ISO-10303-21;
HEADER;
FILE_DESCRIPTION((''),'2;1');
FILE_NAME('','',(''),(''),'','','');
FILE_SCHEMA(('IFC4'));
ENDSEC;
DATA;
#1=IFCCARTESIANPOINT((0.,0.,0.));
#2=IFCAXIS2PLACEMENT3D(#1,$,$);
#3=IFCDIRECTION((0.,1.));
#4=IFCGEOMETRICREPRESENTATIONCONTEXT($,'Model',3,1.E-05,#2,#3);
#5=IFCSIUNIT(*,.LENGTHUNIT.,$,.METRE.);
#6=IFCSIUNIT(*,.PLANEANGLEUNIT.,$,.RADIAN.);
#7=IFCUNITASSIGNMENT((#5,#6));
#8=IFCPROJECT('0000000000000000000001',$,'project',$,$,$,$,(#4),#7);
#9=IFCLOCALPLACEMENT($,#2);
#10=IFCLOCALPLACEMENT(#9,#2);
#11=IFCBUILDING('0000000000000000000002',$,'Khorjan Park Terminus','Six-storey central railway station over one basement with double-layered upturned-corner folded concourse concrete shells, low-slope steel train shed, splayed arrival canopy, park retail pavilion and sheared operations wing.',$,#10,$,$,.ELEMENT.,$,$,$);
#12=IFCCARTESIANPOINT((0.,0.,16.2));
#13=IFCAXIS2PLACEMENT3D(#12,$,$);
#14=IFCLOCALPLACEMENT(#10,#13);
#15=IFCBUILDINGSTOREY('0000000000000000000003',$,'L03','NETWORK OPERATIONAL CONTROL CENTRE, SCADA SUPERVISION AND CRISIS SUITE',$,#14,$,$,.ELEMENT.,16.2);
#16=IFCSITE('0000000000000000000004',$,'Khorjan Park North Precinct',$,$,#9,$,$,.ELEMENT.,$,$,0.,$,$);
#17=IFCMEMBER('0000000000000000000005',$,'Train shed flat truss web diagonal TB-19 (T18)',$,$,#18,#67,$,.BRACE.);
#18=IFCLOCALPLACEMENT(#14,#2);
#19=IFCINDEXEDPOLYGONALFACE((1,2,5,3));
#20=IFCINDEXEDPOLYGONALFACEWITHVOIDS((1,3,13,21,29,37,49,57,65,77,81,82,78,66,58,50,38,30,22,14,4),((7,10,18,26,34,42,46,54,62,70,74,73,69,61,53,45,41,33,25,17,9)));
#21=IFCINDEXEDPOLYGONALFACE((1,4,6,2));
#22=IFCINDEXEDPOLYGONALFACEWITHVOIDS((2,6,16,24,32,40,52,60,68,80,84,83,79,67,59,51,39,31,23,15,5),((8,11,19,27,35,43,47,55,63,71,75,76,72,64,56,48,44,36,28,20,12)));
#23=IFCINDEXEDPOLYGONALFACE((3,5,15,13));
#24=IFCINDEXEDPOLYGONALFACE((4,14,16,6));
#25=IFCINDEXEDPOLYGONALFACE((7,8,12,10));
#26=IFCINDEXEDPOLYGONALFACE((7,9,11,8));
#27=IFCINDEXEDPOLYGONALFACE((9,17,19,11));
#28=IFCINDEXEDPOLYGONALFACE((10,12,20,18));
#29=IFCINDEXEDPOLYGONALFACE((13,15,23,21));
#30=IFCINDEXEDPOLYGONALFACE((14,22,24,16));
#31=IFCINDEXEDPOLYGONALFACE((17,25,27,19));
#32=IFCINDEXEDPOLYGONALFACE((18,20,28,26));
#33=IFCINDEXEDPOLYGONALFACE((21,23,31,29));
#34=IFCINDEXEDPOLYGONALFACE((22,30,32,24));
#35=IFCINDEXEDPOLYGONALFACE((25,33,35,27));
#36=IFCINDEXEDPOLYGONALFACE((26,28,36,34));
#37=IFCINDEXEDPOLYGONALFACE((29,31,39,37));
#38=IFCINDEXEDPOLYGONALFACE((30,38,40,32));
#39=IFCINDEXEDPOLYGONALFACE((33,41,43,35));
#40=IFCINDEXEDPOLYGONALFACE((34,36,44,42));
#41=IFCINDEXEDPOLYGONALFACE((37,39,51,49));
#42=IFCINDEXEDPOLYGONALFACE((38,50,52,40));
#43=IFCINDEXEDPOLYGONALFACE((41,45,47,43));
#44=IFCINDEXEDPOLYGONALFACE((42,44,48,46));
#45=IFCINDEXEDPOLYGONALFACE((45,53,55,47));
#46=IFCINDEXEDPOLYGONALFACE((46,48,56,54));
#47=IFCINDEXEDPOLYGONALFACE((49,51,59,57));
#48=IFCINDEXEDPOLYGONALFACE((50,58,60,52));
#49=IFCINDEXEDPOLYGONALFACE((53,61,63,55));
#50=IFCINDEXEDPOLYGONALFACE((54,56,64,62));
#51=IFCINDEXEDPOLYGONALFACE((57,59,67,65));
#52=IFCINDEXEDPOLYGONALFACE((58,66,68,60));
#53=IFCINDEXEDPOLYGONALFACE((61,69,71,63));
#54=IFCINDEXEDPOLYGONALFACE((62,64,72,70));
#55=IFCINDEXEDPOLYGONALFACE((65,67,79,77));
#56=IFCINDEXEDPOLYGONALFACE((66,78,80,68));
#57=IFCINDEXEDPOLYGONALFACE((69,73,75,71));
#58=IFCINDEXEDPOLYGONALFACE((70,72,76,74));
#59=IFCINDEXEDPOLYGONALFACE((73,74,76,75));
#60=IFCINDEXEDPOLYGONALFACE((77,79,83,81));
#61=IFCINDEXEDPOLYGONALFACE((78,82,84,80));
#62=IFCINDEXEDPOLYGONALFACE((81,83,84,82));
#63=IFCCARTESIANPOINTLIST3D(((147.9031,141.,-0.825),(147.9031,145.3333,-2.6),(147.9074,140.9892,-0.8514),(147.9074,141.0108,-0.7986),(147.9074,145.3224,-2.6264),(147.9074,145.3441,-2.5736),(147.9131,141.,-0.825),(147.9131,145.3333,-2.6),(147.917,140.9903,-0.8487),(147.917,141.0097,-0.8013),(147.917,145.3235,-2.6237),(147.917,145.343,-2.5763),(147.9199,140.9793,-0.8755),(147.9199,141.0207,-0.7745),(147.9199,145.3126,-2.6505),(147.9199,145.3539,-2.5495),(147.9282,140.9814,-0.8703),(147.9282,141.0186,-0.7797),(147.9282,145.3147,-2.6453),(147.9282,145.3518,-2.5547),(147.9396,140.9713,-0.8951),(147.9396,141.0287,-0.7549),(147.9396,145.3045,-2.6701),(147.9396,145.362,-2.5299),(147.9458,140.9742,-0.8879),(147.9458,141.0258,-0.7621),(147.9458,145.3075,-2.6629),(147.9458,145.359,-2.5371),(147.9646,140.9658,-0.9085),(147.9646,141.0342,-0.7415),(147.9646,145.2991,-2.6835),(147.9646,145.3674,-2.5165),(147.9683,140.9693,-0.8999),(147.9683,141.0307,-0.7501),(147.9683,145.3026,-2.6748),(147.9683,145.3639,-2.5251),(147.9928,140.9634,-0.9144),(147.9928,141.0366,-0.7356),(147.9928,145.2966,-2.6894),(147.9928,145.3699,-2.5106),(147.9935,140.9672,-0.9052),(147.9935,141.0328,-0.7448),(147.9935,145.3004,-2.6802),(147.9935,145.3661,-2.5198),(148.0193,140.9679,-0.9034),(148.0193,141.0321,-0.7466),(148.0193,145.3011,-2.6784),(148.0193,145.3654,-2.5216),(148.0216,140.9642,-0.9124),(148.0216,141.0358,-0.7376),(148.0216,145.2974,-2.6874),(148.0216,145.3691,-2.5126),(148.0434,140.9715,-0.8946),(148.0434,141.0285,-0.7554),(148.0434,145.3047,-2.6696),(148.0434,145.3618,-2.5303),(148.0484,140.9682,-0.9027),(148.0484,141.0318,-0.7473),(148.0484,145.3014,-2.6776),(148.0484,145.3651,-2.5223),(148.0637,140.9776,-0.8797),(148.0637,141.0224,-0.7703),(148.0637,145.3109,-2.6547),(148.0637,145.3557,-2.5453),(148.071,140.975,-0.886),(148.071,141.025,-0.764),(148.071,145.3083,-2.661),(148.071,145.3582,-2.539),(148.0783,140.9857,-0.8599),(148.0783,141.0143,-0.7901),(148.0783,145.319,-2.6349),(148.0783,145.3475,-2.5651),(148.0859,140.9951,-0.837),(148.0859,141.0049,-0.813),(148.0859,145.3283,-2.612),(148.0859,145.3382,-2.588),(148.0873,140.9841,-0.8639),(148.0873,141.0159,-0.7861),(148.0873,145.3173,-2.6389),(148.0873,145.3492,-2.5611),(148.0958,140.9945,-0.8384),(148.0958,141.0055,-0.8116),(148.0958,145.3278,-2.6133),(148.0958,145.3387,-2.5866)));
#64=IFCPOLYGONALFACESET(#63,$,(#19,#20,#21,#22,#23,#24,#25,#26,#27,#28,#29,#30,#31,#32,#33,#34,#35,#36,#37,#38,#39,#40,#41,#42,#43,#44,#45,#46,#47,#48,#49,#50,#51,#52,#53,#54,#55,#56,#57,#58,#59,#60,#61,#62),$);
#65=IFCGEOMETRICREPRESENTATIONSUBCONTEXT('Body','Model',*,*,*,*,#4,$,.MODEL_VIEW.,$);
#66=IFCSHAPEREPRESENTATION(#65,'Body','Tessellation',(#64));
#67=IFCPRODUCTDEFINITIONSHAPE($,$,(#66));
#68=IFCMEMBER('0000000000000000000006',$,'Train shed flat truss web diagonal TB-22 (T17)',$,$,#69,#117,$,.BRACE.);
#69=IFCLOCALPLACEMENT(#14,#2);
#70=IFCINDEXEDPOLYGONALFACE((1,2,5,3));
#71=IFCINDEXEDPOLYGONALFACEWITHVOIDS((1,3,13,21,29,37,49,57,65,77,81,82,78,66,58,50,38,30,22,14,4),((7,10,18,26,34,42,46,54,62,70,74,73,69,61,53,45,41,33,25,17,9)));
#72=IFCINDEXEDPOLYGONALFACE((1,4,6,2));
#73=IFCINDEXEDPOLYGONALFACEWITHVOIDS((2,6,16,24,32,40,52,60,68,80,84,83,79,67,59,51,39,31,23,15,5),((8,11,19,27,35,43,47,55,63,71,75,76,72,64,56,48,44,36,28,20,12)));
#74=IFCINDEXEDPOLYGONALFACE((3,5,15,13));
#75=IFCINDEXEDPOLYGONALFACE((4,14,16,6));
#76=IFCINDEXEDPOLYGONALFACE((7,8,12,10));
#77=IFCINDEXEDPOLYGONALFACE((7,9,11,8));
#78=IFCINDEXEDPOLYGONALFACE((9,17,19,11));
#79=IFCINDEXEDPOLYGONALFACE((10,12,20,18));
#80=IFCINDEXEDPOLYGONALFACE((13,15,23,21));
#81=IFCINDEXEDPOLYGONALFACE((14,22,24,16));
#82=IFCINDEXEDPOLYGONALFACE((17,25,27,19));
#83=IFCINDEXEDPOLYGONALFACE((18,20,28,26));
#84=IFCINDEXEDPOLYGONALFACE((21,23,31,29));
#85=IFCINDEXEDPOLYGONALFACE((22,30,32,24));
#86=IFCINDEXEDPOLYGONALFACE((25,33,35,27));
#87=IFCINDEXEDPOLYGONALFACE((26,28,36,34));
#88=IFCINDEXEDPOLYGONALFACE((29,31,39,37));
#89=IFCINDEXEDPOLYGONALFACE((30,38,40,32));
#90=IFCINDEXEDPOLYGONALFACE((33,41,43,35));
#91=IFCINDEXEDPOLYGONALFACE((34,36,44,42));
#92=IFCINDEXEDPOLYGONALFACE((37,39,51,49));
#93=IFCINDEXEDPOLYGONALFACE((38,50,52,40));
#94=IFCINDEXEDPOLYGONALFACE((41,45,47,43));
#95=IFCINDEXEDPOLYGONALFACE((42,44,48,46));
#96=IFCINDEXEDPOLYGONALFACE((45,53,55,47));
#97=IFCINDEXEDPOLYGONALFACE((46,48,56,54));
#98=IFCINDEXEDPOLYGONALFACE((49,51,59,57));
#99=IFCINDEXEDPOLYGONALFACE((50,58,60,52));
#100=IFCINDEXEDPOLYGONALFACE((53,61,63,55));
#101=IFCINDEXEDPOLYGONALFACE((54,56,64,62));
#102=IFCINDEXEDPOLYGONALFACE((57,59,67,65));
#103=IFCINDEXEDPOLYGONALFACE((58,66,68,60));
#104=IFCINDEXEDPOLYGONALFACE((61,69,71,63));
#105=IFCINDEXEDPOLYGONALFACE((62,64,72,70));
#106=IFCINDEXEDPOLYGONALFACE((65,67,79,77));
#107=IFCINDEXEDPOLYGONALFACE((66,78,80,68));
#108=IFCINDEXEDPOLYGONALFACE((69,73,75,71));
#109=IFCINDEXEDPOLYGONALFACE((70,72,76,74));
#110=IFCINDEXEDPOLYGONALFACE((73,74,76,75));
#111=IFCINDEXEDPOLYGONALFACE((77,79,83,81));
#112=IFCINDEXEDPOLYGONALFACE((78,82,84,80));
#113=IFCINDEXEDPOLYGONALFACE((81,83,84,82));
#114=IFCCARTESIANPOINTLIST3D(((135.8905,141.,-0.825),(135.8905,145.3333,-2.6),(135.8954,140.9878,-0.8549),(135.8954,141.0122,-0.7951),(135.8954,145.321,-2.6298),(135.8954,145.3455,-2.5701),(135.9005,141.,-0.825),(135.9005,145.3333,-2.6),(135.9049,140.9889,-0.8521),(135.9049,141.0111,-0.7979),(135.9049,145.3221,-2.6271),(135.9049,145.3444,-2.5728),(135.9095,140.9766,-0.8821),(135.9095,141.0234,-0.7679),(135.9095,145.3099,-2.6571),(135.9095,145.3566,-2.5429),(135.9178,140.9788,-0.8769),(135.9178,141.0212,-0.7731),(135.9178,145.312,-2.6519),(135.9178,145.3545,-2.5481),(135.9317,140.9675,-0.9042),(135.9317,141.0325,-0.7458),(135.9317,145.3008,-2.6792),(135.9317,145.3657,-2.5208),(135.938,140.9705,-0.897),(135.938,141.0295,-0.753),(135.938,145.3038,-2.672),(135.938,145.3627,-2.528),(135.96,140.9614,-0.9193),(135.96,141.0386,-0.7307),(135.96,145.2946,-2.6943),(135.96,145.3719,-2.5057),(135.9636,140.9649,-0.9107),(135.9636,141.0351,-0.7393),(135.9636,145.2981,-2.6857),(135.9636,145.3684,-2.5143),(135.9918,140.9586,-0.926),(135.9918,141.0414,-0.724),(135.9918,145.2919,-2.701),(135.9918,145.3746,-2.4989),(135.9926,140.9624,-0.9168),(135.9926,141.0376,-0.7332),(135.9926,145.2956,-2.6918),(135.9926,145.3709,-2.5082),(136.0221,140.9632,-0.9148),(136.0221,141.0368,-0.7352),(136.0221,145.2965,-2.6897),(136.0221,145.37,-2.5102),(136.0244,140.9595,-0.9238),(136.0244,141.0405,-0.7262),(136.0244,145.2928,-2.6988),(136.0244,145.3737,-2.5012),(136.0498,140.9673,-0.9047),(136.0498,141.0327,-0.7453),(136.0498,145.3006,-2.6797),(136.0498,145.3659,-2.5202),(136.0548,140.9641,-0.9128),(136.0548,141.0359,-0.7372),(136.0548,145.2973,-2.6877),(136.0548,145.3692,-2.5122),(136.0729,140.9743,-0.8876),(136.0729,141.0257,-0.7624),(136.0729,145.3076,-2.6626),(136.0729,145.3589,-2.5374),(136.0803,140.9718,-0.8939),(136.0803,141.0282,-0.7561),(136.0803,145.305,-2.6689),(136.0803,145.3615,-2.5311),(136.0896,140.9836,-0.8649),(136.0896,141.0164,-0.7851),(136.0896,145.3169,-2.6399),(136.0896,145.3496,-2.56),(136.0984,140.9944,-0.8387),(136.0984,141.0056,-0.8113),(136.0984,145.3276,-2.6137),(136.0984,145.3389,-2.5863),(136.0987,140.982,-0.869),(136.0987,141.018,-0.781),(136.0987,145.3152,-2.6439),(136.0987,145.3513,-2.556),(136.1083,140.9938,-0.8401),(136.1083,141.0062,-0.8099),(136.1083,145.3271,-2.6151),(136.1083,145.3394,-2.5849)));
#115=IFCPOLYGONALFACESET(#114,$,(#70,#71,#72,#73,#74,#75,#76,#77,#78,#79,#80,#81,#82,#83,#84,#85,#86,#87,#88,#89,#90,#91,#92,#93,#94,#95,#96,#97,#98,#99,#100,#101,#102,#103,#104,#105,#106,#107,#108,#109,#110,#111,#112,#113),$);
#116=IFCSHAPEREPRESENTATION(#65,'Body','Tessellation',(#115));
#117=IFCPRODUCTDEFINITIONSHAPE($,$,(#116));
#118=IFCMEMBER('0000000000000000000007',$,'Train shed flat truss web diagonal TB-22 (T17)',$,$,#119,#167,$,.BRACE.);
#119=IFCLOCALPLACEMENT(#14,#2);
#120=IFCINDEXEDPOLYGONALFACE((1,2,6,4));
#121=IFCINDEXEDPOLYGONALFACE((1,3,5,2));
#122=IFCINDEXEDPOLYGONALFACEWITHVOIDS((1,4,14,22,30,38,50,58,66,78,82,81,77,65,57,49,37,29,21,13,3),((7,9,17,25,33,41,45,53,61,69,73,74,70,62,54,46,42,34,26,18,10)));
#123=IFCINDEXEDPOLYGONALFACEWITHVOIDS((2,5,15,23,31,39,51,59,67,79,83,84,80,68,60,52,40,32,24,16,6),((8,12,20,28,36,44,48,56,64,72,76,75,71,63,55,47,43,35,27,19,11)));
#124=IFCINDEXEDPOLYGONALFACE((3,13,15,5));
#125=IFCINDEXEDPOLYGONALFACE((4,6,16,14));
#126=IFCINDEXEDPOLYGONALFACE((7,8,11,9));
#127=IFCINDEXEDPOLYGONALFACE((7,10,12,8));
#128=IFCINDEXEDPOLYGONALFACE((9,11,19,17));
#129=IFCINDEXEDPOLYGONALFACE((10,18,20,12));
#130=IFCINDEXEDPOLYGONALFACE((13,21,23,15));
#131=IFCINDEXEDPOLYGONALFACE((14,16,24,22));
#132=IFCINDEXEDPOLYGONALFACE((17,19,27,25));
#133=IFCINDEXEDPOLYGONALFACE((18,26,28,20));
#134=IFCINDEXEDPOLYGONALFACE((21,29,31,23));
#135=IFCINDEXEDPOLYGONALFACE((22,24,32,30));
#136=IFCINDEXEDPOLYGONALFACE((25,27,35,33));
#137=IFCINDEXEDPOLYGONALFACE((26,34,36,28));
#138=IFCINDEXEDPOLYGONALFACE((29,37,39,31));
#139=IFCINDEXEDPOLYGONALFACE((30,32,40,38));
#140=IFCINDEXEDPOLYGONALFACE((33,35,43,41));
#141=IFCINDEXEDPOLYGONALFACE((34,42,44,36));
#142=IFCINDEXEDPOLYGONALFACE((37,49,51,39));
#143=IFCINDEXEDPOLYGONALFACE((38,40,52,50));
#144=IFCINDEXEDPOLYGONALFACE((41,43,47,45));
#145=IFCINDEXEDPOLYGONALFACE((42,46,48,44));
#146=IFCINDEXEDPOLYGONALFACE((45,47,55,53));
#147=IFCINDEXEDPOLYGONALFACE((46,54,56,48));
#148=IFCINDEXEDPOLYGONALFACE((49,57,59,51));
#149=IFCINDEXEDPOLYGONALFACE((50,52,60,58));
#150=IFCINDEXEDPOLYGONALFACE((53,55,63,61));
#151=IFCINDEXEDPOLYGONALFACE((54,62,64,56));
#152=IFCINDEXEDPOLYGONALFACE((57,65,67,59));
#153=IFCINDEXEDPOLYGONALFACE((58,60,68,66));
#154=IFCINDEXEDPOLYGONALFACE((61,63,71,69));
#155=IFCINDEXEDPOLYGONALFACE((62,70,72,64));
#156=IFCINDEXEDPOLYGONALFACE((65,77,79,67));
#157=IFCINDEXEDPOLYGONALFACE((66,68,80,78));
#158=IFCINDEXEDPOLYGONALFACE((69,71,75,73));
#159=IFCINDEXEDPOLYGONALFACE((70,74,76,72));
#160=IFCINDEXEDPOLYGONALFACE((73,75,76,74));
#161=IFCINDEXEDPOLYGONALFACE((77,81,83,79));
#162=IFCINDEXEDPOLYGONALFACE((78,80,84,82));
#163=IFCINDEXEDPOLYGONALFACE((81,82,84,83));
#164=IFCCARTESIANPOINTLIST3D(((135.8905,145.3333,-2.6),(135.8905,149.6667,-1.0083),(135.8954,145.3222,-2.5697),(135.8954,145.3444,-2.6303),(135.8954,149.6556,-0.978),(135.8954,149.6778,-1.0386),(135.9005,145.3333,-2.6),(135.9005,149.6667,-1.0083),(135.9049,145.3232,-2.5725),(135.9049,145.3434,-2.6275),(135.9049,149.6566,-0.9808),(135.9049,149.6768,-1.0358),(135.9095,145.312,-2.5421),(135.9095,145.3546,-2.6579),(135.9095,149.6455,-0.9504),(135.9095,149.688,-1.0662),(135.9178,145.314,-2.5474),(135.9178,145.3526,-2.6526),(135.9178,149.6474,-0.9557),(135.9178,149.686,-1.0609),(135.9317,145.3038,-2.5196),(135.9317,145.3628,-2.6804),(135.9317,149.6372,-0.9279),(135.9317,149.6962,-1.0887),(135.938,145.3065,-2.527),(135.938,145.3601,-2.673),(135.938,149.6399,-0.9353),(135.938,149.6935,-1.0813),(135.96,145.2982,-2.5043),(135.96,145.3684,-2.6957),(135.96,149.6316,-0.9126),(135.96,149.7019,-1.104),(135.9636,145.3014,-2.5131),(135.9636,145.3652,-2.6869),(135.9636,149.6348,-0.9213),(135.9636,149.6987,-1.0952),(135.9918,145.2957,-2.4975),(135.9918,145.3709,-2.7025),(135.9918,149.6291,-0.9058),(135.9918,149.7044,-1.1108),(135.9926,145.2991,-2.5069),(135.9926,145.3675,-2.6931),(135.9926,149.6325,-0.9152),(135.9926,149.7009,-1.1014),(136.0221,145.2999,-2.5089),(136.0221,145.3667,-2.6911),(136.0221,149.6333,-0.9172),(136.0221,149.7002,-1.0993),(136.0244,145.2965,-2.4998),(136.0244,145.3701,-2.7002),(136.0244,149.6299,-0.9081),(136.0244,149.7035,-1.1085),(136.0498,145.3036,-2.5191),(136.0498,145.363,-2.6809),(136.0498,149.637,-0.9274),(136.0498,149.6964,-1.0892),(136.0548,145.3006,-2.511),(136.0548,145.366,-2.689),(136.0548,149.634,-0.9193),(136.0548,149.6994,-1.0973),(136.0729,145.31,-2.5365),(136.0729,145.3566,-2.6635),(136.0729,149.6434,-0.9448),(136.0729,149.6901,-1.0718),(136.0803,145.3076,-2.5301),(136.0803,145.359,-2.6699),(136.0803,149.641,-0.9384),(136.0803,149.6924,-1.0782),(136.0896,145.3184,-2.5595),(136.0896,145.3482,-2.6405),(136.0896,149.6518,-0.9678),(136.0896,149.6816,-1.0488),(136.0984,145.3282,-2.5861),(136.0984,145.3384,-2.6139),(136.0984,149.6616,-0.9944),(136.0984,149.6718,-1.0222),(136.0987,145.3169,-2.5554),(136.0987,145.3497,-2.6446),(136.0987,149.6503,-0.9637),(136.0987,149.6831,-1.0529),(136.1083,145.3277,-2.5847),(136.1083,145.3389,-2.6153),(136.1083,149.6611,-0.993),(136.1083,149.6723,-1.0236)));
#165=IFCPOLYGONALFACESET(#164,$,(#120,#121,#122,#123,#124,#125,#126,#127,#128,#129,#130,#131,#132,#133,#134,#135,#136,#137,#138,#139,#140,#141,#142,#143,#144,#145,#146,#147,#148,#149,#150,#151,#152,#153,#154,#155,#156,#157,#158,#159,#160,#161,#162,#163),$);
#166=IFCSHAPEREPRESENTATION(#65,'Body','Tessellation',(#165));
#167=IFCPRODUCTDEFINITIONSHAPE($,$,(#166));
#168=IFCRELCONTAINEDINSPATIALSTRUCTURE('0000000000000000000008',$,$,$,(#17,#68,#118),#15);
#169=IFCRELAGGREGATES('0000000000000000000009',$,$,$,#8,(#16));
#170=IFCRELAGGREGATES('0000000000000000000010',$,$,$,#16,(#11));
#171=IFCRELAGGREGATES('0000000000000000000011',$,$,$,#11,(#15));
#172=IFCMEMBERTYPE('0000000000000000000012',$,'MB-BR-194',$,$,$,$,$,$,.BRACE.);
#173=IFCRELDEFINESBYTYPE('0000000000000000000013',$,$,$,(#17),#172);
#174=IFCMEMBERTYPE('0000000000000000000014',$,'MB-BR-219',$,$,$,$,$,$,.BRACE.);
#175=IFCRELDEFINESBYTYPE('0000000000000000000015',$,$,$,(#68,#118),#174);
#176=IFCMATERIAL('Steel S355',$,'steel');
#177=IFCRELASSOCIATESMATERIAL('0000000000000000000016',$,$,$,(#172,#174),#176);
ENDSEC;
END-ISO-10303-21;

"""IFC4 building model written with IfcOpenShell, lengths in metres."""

from ifc_helpers import new_model, si_unit, direction, frame, origin, origin_2d, place, context, subcontext, project, spatial, hollow_circle, extrude, material, material_profile, profile_set, type_object, element, save


model = new_model("IFC4")

# Units and contexts
model_context = context("Model", 3, precision=1e-05, world=origin(), true_north=direction((0.0, 1.0)))
body_context = subcontext(model_context, "Body", "Model", "MODEL_VIEW")
ifc_project = project(units=[si_unit("LENGTHUNIT", "METRE"), si_unit("PLANEANGLEUNIT", "RADIAN")], contexts=[model_context])

# Site, building, storey
site_placement = place(None, origin())
site = spatial("IfcSite", under=ifc_project, at=site_placement, Name="Khorjan Park North Precinct", CompositionType="ELEMENT", RefElevation=0.0)
building_placement = place(site_placement, origin())
building = spatial("IfcBuilding", under=site, at=building_placement, Name="Khorjan Park Terminus", Description="Six-storey central railway station over one basement with double-layered upturned-corner folded concourse concrete shells, low-slope steel train shed, splayed arrival canopy, park retail pavilion and sheared operations wing.", CompositionType="ELEMENT")
storey_placement = place(building_placement, frame((0.0, 0.0, 16.2)))
storey = spatial("IfcBuildingStorey", under=building, at=storey_placement, Name="L03", Description="NETWORK OPERATIONAL CONTROL CENTRE, SCADA SUPERVISION AND CRISIS SUITE", CompositionType="ELEMENT", Elevation=16.2)

# Members
ifc_material = material(Name="Steel S355", Category="steel")
ifc_material_profile_1 = material_profile(ifc_material, hollow_circle(Radius=0.0969, WallThickness=0.01, at=origin_2d()), Name="CHS 193.7x10")
ifc_profile_set_1 = profile_set([ifc_material_profile_1], Name="Steel S355")
member_type_1 = type_object("IfcMemberType", Name="MB-BR-194", PredefinedType="BRACE", material=ifc_profile_set_1)
member_1_placement = place(storey_placement, frame((148.0, 141.0, -0.825), z_axis=(0.0, 0.925376, -0.379051), x_axis=(-1.0, 0.0, 0.0)))
element("IfcMember", 1, at=member_1_placement, inside=storey, type_object=member_type_1, Name="Train shed flat truss web diagonal TB-19 (T18)", PredefinedType="BRACE", context=body_context, shape_type="SweptSolid", body=[
    extrude(hollow_circle(Radius=0.0969, WallThickness=0.01, at=origin_2d()), origin(), (0.0, 0.0, 1.0), 4.6827),
])
ifc_material_profile_2 = material_profile(ifc_material, hollow_circle(Radius=0.1095, WallThickness=0.01, at=origin_2d()), Name="CHS 219.1x10")
ifc_profile_set_2 = profile_set([ifc_material_profile_2], Name="Steel S355")
member_type_2 = type_object("IfcMemberType", Name="MB-BR-219", PredefinedType="BRACE", material=ifc_profile_set_2)
member_2_placement = place(storey_placement, frame((136.0, 141.0, -0.825), z_axis=(0.0, 0.925376, -0.379051), x_axis=(-1.0, 0.0, 0.0)))
element("IfcMember", 2, at=member_2_placement, inside=storey, type_object=member_type_2, Name="Train shed flat truss web diagonal TB-22 (T17)", PredefinedType="BRACE", context=body_context, shape_type="SweptSolid", body=[
    extrude(hollow_circle(Radius=0.1095, WallThickness=0.01, at=origin_2d()), origin(), (0.0, 0.0, 1.0), 4.6827),
])
member_3_placement = place(storey_placement, frame((136.0, 145.3333, -2.6), z_axis=(0.0, 0.938681, 0.344787), x_axis=(-1.0, 0.0, 0.0)))
element("IfcMember", 3, at=member_3_placement, inside=storey, type_object=member_type_2, Name="Train shed flat truss web diagonal TB-22 (T17)", PredefinedType="BRACE", context=body_context, shape_type="SweptSolid", body=[
    extrude(hollow_circle(Radius=0.1095, WallThickness=0.01, at=origin_2d()), origin(), (0.0, 0.0, 1.0), 4.6165),
])

save(model, "model.ifc")
